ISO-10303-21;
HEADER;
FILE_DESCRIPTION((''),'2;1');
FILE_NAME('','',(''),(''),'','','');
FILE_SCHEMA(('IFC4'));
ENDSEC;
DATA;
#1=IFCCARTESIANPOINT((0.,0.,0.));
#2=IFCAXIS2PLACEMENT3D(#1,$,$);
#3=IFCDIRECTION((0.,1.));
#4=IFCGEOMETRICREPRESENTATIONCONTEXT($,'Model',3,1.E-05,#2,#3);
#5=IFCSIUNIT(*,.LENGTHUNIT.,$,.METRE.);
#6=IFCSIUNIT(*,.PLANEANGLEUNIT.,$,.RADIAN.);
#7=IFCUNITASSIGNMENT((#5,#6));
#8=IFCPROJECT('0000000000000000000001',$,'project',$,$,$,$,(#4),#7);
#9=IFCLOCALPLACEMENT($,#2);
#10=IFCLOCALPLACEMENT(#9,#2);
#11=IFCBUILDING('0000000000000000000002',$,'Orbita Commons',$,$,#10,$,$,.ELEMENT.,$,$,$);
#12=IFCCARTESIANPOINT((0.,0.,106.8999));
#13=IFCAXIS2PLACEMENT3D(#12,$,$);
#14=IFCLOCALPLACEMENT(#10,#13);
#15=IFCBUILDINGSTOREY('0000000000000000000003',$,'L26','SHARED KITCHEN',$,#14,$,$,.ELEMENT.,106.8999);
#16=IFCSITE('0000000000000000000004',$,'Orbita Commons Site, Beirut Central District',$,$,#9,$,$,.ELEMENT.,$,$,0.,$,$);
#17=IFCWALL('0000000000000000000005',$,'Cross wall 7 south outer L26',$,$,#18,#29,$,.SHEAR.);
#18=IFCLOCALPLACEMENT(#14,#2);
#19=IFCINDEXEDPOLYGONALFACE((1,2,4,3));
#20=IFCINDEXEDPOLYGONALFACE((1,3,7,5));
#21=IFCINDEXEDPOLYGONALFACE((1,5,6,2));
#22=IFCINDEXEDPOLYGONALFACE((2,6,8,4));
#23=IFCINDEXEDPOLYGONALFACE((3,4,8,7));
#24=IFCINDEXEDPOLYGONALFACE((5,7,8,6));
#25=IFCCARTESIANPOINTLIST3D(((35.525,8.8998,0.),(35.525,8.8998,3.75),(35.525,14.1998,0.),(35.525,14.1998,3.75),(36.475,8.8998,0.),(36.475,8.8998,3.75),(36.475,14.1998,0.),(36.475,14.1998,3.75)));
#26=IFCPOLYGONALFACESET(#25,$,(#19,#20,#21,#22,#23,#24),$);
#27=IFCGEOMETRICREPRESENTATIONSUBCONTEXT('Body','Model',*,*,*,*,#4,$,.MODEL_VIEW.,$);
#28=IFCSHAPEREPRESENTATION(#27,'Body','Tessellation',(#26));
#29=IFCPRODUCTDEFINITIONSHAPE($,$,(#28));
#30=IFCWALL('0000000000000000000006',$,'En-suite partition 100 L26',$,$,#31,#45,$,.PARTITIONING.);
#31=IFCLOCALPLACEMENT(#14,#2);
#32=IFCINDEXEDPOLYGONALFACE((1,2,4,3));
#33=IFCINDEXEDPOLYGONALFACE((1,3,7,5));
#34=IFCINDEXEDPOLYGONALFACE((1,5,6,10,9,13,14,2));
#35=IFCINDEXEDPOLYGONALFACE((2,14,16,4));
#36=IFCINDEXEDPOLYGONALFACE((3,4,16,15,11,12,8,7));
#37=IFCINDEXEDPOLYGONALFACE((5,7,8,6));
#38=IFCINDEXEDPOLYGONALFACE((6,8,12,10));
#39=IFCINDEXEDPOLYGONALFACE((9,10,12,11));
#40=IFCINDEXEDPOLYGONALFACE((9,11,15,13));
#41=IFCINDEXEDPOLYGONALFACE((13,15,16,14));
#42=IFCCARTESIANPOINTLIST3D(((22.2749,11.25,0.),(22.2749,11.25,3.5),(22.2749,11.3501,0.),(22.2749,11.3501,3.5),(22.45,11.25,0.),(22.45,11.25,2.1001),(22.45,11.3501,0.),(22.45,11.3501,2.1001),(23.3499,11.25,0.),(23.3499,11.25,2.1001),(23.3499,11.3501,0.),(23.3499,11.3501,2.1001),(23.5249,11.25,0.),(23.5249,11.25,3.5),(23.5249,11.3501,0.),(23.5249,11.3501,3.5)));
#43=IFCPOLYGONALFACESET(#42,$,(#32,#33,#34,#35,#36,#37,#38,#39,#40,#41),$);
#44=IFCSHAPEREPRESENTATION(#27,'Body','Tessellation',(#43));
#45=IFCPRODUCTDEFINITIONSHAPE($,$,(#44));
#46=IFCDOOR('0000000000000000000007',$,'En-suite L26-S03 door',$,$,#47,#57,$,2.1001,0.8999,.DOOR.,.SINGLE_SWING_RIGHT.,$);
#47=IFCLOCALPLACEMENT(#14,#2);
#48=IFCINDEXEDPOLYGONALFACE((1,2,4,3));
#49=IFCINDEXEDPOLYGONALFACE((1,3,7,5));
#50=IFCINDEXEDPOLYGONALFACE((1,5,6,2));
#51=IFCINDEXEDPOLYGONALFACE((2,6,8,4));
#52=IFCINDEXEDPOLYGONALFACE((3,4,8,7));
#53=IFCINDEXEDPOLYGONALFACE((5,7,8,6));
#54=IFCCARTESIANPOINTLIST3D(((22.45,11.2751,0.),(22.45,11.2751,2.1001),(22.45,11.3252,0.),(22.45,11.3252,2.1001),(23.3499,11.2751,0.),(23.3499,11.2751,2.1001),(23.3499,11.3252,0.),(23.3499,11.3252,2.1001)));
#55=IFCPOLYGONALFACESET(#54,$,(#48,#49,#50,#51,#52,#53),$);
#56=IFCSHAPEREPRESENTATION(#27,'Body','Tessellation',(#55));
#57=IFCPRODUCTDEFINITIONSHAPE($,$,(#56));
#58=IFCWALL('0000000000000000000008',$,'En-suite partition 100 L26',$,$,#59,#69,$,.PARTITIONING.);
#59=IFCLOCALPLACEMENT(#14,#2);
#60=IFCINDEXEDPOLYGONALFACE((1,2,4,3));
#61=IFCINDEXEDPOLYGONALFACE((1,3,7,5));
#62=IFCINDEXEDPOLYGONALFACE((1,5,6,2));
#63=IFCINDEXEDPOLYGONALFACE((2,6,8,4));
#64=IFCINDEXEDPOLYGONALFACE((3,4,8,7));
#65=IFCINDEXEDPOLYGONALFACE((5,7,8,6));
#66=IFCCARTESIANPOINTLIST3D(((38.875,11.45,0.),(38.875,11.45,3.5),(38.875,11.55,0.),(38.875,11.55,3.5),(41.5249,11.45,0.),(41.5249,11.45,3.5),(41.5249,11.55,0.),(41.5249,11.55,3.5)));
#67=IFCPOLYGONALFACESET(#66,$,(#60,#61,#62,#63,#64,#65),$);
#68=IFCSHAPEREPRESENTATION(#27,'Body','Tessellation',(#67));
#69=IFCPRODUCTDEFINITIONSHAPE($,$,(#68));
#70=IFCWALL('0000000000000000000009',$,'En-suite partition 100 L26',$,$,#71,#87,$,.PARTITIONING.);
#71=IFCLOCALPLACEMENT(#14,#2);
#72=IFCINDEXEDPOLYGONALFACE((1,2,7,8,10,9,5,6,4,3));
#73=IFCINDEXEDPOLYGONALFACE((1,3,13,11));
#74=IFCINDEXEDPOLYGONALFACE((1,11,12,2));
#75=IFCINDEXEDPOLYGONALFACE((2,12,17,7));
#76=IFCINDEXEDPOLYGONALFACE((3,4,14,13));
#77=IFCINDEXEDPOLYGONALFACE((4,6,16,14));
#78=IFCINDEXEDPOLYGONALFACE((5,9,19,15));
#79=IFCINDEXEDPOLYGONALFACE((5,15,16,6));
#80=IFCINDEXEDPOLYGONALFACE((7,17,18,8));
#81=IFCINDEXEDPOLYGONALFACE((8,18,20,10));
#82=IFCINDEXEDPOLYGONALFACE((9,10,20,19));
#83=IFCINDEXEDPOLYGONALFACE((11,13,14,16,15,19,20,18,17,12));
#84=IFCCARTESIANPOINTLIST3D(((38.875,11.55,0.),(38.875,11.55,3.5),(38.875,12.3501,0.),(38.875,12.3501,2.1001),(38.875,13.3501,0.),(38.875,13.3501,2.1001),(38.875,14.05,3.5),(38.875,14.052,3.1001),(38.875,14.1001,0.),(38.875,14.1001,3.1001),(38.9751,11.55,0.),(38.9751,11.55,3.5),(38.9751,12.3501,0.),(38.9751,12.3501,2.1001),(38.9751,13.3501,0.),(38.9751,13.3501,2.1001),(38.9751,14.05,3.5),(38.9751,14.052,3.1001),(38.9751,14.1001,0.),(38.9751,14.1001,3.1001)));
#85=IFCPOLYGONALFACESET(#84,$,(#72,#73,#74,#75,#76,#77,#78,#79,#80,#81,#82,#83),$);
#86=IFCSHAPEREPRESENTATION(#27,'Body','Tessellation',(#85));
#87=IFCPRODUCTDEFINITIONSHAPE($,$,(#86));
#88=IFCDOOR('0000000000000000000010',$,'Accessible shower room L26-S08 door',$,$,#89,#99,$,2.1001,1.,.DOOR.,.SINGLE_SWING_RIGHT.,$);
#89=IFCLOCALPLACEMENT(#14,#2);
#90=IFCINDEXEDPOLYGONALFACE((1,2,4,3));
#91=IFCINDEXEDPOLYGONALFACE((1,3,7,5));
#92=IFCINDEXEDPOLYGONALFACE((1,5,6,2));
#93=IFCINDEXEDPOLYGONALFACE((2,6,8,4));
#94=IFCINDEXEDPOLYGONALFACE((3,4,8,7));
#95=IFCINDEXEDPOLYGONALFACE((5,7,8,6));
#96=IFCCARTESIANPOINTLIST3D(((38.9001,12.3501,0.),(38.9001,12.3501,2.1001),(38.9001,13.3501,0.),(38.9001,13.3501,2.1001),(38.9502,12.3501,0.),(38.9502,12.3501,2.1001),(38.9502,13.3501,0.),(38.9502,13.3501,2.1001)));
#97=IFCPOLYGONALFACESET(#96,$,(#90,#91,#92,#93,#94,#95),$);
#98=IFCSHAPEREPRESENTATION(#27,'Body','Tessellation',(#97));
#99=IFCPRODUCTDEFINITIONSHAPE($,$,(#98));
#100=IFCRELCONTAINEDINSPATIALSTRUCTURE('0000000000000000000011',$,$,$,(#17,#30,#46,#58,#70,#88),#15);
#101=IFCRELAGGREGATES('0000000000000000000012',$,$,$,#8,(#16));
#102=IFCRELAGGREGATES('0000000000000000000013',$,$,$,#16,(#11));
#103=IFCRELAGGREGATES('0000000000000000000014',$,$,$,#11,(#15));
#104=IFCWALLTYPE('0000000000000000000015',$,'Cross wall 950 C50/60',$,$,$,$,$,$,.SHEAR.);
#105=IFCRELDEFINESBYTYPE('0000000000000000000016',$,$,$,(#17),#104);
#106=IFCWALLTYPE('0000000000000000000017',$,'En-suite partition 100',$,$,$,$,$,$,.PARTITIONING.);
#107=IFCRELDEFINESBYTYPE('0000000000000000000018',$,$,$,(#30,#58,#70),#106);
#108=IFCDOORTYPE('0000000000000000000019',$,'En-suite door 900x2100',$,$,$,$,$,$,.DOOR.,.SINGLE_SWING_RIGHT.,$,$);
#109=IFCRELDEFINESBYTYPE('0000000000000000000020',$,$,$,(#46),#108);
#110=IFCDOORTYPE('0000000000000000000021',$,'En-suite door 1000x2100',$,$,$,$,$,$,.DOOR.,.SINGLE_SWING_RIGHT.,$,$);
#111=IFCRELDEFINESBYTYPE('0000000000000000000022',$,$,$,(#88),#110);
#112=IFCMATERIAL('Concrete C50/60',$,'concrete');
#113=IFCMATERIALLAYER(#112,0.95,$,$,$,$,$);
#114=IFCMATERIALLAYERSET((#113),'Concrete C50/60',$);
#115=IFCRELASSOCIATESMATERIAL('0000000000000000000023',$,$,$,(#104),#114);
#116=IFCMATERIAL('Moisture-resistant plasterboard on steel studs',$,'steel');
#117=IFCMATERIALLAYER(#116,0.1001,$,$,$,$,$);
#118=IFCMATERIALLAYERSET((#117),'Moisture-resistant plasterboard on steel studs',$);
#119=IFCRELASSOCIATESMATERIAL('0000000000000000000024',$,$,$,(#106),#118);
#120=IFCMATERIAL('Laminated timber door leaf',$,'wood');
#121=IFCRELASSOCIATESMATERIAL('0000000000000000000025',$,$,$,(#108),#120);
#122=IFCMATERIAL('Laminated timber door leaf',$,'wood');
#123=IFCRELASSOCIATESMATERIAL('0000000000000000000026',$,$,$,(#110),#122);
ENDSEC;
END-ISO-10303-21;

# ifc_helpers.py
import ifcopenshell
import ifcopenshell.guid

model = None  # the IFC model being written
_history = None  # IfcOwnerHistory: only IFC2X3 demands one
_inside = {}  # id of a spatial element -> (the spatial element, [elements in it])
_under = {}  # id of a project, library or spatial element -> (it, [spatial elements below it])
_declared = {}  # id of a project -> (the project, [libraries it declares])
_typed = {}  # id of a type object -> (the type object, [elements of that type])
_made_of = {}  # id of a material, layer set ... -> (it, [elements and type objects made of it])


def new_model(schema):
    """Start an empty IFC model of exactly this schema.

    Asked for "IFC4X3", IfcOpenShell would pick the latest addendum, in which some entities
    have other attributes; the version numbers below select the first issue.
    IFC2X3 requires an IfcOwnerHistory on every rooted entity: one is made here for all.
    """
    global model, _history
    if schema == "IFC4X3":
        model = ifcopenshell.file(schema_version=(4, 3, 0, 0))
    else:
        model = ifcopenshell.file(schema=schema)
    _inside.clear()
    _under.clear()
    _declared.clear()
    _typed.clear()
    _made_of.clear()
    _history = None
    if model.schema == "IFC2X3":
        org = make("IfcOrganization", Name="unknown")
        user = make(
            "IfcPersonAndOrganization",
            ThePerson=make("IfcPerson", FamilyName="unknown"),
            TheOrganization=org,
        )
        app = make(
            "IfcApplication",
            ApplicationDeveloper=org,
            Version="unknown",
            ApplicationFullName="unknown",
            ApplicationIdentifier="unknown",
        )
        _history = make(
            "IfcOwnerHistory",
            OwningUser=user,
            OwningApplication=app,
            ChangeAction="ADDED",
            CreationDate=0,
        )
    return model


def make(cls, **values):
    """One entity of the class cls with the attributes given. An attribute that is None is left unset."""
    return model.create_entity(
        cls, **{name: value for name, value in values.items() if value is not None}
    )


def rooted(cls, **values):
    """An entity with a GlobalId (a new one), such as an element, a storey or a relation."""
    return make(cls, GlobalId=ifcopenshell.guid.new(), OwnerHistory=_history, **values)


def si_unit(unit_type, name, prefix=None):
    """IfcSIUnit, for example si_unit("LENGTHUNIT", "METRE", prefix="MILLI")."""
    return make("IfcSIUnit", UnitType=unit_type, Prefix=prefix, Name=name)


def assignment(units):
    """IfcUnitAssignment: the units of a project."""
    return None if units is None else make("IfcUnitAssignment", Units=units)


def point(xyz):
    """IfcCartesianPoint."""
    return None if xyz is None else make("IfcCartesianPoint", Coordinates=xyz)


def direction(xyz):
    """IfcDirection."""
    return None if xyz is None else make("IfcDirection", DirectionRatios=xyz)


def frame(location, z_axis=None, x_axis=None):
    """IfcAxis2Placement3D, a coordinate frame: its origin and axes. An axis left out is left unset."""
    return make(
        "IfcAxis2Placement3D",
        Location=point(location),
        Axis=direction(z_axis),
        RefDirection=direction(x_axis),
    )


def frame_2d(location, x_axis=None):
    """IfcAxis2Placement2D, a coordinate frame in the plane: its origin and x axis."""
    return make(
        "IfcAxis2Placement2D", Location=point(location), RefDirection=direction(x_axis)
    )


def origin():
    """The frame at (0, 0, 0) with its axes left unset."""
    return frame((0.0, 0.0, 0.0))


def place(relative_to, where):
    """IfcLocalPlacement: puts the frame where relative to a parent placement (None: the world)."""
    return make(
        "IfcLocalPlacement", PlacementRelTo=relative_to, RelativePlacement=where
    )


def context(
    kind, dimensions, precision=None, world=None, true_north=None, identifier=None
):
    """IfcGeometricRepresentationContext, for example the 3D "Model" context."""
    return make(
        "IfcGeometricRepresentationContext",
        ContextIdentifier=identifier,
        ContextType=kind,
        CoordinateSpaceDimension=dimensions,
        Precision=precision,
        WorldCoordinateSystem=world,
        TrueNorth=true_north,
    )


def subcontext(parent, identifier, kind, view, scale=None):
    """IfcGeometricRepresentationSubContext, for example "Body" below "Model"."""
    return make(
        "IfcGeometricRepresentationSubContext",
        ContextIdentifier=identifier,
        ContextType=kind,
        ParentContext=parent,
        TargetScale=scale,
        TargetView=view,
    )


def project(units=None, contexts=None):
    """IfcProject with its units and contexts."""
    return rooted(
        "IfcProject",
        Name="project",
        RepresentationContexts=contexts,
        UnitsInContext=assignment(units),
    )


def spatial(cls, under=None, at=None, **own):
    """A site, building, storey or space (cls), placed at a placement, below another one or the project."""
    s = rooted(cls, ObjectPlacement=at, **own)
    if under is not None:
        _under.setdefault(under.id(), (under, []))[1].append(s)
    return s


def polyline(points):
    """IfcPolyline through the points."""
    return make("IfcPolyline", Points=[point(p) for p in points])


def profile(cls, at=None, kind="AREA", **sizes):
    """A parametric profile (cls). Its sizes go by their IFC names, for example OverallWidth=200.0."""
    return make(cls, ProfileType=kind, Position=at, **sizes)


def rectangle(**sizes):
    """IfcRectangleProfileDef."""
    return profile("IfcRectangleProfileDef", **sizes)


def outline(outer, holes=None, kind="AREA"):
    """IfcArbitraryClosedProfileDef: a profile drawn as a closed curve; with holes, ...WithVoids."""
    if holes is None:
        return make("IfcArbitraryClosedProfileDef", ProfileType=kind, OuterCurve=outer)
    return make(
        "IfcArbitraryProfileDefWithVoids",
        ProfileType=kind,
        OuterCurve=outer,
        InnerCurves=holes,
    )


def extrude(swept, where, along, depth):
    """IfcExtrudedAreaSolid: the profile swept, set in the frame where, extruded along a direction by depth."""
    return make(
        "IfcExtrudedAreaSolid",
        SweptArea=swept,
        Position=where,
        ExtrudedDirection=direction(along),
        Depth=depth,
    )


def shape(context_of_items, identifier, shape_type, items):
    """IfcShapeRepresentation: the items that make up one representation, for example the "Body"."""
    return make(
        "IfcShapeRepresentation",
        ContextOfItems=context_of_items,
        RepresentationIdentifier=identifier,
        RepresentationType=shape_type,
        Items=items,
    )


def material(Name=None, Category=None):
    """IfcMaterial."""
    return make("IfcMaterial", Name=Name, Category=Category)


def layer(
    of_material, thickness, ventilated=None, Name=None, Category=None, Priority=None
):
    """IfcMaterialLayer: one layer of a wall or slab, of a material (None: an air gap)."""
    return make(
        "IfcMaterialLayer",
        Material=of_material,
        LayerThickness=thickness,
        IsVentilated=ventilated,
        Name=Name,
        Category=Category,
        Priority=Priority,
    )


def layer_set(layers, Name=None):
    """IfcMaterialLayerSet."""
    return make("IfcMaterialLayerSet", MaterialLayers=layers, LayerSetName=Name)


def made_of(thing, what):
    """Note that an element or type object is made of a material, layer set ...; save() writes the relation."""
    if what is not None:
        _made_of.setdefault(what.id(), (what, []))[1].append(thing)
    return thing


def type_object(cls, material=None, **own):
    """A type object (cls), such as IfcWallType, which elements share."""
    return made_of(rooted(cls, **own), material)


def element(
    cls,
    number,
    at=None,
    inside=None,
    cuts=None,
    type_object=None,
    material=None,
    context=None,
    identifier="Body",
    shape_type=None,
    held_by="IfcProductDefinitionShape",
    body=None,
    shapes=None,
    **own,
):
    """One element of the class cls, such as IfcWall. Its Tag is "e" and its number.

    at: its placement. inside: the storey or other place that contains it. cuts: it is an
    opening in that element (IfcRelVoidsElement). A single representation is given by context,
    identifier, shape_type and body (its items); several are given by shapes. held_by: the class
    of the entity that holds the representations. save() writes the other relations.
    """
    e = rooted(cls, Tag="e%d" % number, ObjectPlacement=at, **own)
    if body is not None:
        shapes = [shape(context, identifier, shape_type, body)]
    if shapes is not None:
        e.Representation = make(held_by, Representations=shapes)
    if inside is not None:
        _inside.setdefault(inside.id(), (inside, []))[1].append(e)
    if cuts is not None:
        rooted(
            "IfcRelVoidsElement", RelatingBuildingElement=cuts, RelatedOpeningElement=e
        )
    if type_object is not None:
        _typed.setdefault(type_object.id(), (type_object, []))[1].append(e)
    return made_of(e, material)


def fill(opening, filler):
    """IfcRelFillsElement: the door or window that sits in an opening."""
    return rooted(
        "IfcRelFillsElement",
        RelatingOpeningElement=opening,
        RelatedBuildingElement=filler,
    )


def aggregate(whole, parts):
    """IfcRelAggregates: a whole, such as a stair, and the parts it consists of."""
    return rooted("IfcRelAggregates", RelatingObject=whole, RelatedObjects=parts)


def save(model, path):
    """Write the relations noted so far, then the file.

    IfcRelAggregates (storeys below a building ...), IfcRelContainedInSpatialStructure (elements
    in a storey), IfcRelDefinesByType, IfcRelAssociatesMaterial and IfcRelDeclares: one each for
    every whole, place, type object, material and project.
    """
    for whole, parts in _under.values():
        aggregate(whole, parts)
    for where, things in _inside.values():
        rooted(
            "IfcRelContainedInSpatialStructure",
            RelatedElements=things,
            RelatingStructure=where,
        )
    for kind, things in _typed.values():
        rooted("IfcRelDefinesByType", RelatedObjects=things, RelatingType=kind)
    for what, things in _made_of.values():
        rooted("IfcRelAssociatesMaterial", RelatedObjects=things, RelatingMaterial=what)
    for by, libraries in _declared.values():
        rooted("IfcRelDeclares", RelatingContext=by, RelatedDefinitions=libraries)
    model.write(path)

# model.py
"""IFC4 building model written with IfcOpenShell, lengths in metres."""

from ifc_helpers import new_model, si_unit, direction, frame, frame_2d, origin, place, context, subcontext, project, spatial, polyline, rectangle, outline, extrude, material, layer, layer_set, type_object, element, fill, save


model = new_model("IFC4")

# Units and contexts
model_context = context("Model", 3, precision=1e-05, world=origin(), true_north=direction((0.0, 1.0)))
body_context = subcontext(model_context, "Body", "Model", "MODEL_VIEW")
ifc_project = project(units=[si_unit("LENGTHUNIT", "METRE"), si_unit("PLANEANGLEUNIT", "RADIAN")], contexts=[model_context])

# Site, building, storey
site_placement = place(None, origin())
site = spatial("IfcSite", under=ifc_project, at=site_placement, Name="Orbita Commons Site, Beirut Central District", CompositionType="ELEMENT", RefElevation=0.0)
building_placement = place(site_placement, origin())
building = spatial("IfcBuilding", under=site, at=building_placement, Name="Orbita Commons", CompositionType="ELEMENT")
storey_placement = place(building_placement, frame((0.0, 0.0, 106.8999)))
storey = spatial("IfcBuildingStorey", under=building, at=storey_placement, Name="L26", Description="SHARED KITCHEN", CompositionType="ELEMENT", Elevation=106.8999)

# Wall
ifc_material_1 = material(Name="Concrete C50/60", Category="concrete")
ifc_layer_1 = layer(ifc_material_1, 0.95)
ifc_layer_set_1 = layer_set([ifc_layer_1], Name="Concrete C50/60")
wall_type_1 = type_object("IfcWallType", Name="Cross wall 950 C50/60", PredefinedType="SHEAR", material=ifc_layer_set_1)
wall_1_placement = place(storey_placement, frame((36.0, 8.8999, 0.0), z_axis=(0.0, 0.0, 1.0), x_axis=(0.0, 1.0, 0.0)))
element("IfcWall", 1, at=wall_1_placement, inside=storey, type_object=wall_type_1, Name="Cross wall 7 south outer L26", PredefinedType="SHEAR", context=body_context, shape_type="SweptSolid", body=[
    extrude(rectangle(XDim=5.3, YDim=0.95, at=frame_2d((2.6499, 0.0))), origin(), (0.0, 0.0, 1.0), 3.75),
])

# Wall, opening, door
ifc_material_2 = material(Name="Moisture-resistant plasterboard on steel studs", Category="steel")
ifc_layer_2 = layer(ifc_material_2, 0.1001)
ifc_layer_set_2 = layer_set([ifc_layer_2], Name="Moisture-resistant plasterboard on steel studs")
wall_type_2 = type_object("IfcWallType", Name="En-suite partition 100", PredefinedType="PARTITIONING", material=ifc_layer_set_2)
wall_2_placement = place(storey_placement, frame((23.5249, 11.3, 0.0), z_axis=(0.0, 0.0, 1.0), x_axis=(-1.0, 0.0, 0.0)))
wall_2 = element("IfcWall", 2, at=wall_2_placement, inside=storey, type_object=wall_type_2, Name="En-suite partition 100 L26", PredefinedType="PARTITIONING", context=body_context, shape_type="SweptSolid", body=[
    extrude(rectangle(XDim=1.25, YDim=0.1001, at=frame_2d((0.625, 0.0))), origin(), (0.0, 0.0, 1.0), 3.5),
])
opening_1_placement = place(wall_2_placement, frame((0.175, 0.0, 0.0)))
opening_1 = element("IfcOpeningElement", 3, at=opening_1_placement, cuts=wall_2, PredefinedType="OPENING", context=body_context, shape_type="SweptSolid", body=[
    extrude(rectangle(XDim=0.8999, YDim=2.1001, at=frame_2d((0.45, 1.05))), frame((0.0, 0.0601, 0.0), z_axis=(0.0, -1.0, 0.0), x_axis=(1.0, 0.0, 0.0)), (0.0, 0.0, 1.0), 0.1201),
])
ifc_material_3 = material(Name="Laminated timber door leaf", Category="wood")
door_type_1 = type_object("IfcDoorType", Name="En-suite door 900x2100", OperationType="SINGLE_SWING_RIGHT", PredefinedType="DOOR", material=ifc_material_3)
door_1_placement = place(opening_1_placement, origin())
door_1 = element("IfcDoor", 4, at=door_1_placement, inside=storey, type_object=door_type_1, Name="En-suite L26-S03 door", OperationType="SINGLE_SWING_RIGHT", OverallHeight=2.1001, OverallWidth=0.8999, PredefinedType="DOOR", context=body_context, shape_type="SweptSolid", body=[
    extrude(rectangle(XDim=0.8999, YDim=2.1001, at=frame_2d((0.45, 1.05))), frame((0.0, 0.0249, 0.0), z_axis=(0.0, -1.0, 0.0), x_axis=(1.0, 0.0, 0.0)), (0.0, 0.0, 1.0), 0.05),
])
fill(opening_1, door_1)

# Wall
wall_3_placement = place(storey_placement, frame((38.875, 11.5, 0.0), z_axis=(0.0, 0.0, 1.0), x_axis=(1.0, 0.0, 0.0)))
element("IfcWall", 5, at=wall_3_placement, inside=storey, type_object=wall_type_2, Name="En-suite partition 100 L26", PredefinedType="PARTITIONING", context=body_context, shape_type="SweptSolid", body=[
    extrude(rectangle(XDim=2.6499, YDim=0.1001, at=frame_2d((1.325, 0.0))), origin(), (0.0, 0.0, 1.0), 3.5),
])

# Wall, opening, door
wall_4_placement = place(storey_placement, frame((38.925, 11.55, 0.0), z_axis=(0.0, 0.0, 1.0), x_axis=(0.0, 1.0, 0.0)))
wall_4 = element("IfcWall", 6, at=wall_4_placement, inside=storey, type_object=wall_type_2, Name="En-suite partition 100 L26", PredefinedType="PARTITIONING", context=body_context, shape_type="SweptSolid", body=[
    extrude(outline(polyline([(0.0, 0.0), (2.55, 0.0), (2.55, 3.1001), (2.502, 3.1001), (2.5, 3.5), (0.0, 3.5), (0.0, 0.0)])), frame((0.0, 0.05, 0.0), z_axis=(0.0, -1.0, 0.0), x_axis=(1.0, 0.0, 0.0)), (0.0, 0.0, 1.0), 0.1001),
])
opening_2_placement = place(wall_4_placement, frame((0.8, 0.0, 0.0)))
opening_2 = element("IfcOpeningElement", 7, at=opening_2_placement, cuts=wall_4, PredefinedType="OPENING", context=body_context, shape_type="SweptSolid", body=[
    extrude(rectangle(XDim=1.0, YDim=2.1001, at=frame_2d((0.5, 1.05))), frame((0.0, 0.0601, 0.0), z_axis=(0.0, -1.0, 0.0), x_axis=(1.0, 0.0, 0.0)), (0.0, 0.0, 1.0), 0.1201),
])
ifc_material_4 = material(Name="Laminated timber door leaf", Category="wood")
door_type_2 = type_object("IfcDoorType", Name="En-suite door 1000x2100", OperationType="SINGLE_SWING_RIGHT", PredefinedType="DOOR", material=ifc_material_4)
door_2_placement = place(opening_2_placement, origin())
door_2 = element("IfcDoor", 8, at=door_2_placement, inside=storey, type_object=door_type_2, Name="Accessible shower room L26-S08 door", OperationType="SINGLE_SWING_RIGHT", OverallHeight=2.1001, OverallWidth=1.0, PredefinedType="DOOR", context=body_context, shape_type="SweptSolid", body=[
    extrude(rectangle(XDim=1.0, YDim=2.1001, at=frame_2d((0.5, 1.05))), frame((0.0, 0.0249, 0.0), z_axis=(0.0, -1.0, 0.0), x_axis=(1.0, 0.0, 0.0)), (0.0, 0.0, 1.0), 0.05),
])
fill(opening_2, door_2)

save(model, "model.ifc")
